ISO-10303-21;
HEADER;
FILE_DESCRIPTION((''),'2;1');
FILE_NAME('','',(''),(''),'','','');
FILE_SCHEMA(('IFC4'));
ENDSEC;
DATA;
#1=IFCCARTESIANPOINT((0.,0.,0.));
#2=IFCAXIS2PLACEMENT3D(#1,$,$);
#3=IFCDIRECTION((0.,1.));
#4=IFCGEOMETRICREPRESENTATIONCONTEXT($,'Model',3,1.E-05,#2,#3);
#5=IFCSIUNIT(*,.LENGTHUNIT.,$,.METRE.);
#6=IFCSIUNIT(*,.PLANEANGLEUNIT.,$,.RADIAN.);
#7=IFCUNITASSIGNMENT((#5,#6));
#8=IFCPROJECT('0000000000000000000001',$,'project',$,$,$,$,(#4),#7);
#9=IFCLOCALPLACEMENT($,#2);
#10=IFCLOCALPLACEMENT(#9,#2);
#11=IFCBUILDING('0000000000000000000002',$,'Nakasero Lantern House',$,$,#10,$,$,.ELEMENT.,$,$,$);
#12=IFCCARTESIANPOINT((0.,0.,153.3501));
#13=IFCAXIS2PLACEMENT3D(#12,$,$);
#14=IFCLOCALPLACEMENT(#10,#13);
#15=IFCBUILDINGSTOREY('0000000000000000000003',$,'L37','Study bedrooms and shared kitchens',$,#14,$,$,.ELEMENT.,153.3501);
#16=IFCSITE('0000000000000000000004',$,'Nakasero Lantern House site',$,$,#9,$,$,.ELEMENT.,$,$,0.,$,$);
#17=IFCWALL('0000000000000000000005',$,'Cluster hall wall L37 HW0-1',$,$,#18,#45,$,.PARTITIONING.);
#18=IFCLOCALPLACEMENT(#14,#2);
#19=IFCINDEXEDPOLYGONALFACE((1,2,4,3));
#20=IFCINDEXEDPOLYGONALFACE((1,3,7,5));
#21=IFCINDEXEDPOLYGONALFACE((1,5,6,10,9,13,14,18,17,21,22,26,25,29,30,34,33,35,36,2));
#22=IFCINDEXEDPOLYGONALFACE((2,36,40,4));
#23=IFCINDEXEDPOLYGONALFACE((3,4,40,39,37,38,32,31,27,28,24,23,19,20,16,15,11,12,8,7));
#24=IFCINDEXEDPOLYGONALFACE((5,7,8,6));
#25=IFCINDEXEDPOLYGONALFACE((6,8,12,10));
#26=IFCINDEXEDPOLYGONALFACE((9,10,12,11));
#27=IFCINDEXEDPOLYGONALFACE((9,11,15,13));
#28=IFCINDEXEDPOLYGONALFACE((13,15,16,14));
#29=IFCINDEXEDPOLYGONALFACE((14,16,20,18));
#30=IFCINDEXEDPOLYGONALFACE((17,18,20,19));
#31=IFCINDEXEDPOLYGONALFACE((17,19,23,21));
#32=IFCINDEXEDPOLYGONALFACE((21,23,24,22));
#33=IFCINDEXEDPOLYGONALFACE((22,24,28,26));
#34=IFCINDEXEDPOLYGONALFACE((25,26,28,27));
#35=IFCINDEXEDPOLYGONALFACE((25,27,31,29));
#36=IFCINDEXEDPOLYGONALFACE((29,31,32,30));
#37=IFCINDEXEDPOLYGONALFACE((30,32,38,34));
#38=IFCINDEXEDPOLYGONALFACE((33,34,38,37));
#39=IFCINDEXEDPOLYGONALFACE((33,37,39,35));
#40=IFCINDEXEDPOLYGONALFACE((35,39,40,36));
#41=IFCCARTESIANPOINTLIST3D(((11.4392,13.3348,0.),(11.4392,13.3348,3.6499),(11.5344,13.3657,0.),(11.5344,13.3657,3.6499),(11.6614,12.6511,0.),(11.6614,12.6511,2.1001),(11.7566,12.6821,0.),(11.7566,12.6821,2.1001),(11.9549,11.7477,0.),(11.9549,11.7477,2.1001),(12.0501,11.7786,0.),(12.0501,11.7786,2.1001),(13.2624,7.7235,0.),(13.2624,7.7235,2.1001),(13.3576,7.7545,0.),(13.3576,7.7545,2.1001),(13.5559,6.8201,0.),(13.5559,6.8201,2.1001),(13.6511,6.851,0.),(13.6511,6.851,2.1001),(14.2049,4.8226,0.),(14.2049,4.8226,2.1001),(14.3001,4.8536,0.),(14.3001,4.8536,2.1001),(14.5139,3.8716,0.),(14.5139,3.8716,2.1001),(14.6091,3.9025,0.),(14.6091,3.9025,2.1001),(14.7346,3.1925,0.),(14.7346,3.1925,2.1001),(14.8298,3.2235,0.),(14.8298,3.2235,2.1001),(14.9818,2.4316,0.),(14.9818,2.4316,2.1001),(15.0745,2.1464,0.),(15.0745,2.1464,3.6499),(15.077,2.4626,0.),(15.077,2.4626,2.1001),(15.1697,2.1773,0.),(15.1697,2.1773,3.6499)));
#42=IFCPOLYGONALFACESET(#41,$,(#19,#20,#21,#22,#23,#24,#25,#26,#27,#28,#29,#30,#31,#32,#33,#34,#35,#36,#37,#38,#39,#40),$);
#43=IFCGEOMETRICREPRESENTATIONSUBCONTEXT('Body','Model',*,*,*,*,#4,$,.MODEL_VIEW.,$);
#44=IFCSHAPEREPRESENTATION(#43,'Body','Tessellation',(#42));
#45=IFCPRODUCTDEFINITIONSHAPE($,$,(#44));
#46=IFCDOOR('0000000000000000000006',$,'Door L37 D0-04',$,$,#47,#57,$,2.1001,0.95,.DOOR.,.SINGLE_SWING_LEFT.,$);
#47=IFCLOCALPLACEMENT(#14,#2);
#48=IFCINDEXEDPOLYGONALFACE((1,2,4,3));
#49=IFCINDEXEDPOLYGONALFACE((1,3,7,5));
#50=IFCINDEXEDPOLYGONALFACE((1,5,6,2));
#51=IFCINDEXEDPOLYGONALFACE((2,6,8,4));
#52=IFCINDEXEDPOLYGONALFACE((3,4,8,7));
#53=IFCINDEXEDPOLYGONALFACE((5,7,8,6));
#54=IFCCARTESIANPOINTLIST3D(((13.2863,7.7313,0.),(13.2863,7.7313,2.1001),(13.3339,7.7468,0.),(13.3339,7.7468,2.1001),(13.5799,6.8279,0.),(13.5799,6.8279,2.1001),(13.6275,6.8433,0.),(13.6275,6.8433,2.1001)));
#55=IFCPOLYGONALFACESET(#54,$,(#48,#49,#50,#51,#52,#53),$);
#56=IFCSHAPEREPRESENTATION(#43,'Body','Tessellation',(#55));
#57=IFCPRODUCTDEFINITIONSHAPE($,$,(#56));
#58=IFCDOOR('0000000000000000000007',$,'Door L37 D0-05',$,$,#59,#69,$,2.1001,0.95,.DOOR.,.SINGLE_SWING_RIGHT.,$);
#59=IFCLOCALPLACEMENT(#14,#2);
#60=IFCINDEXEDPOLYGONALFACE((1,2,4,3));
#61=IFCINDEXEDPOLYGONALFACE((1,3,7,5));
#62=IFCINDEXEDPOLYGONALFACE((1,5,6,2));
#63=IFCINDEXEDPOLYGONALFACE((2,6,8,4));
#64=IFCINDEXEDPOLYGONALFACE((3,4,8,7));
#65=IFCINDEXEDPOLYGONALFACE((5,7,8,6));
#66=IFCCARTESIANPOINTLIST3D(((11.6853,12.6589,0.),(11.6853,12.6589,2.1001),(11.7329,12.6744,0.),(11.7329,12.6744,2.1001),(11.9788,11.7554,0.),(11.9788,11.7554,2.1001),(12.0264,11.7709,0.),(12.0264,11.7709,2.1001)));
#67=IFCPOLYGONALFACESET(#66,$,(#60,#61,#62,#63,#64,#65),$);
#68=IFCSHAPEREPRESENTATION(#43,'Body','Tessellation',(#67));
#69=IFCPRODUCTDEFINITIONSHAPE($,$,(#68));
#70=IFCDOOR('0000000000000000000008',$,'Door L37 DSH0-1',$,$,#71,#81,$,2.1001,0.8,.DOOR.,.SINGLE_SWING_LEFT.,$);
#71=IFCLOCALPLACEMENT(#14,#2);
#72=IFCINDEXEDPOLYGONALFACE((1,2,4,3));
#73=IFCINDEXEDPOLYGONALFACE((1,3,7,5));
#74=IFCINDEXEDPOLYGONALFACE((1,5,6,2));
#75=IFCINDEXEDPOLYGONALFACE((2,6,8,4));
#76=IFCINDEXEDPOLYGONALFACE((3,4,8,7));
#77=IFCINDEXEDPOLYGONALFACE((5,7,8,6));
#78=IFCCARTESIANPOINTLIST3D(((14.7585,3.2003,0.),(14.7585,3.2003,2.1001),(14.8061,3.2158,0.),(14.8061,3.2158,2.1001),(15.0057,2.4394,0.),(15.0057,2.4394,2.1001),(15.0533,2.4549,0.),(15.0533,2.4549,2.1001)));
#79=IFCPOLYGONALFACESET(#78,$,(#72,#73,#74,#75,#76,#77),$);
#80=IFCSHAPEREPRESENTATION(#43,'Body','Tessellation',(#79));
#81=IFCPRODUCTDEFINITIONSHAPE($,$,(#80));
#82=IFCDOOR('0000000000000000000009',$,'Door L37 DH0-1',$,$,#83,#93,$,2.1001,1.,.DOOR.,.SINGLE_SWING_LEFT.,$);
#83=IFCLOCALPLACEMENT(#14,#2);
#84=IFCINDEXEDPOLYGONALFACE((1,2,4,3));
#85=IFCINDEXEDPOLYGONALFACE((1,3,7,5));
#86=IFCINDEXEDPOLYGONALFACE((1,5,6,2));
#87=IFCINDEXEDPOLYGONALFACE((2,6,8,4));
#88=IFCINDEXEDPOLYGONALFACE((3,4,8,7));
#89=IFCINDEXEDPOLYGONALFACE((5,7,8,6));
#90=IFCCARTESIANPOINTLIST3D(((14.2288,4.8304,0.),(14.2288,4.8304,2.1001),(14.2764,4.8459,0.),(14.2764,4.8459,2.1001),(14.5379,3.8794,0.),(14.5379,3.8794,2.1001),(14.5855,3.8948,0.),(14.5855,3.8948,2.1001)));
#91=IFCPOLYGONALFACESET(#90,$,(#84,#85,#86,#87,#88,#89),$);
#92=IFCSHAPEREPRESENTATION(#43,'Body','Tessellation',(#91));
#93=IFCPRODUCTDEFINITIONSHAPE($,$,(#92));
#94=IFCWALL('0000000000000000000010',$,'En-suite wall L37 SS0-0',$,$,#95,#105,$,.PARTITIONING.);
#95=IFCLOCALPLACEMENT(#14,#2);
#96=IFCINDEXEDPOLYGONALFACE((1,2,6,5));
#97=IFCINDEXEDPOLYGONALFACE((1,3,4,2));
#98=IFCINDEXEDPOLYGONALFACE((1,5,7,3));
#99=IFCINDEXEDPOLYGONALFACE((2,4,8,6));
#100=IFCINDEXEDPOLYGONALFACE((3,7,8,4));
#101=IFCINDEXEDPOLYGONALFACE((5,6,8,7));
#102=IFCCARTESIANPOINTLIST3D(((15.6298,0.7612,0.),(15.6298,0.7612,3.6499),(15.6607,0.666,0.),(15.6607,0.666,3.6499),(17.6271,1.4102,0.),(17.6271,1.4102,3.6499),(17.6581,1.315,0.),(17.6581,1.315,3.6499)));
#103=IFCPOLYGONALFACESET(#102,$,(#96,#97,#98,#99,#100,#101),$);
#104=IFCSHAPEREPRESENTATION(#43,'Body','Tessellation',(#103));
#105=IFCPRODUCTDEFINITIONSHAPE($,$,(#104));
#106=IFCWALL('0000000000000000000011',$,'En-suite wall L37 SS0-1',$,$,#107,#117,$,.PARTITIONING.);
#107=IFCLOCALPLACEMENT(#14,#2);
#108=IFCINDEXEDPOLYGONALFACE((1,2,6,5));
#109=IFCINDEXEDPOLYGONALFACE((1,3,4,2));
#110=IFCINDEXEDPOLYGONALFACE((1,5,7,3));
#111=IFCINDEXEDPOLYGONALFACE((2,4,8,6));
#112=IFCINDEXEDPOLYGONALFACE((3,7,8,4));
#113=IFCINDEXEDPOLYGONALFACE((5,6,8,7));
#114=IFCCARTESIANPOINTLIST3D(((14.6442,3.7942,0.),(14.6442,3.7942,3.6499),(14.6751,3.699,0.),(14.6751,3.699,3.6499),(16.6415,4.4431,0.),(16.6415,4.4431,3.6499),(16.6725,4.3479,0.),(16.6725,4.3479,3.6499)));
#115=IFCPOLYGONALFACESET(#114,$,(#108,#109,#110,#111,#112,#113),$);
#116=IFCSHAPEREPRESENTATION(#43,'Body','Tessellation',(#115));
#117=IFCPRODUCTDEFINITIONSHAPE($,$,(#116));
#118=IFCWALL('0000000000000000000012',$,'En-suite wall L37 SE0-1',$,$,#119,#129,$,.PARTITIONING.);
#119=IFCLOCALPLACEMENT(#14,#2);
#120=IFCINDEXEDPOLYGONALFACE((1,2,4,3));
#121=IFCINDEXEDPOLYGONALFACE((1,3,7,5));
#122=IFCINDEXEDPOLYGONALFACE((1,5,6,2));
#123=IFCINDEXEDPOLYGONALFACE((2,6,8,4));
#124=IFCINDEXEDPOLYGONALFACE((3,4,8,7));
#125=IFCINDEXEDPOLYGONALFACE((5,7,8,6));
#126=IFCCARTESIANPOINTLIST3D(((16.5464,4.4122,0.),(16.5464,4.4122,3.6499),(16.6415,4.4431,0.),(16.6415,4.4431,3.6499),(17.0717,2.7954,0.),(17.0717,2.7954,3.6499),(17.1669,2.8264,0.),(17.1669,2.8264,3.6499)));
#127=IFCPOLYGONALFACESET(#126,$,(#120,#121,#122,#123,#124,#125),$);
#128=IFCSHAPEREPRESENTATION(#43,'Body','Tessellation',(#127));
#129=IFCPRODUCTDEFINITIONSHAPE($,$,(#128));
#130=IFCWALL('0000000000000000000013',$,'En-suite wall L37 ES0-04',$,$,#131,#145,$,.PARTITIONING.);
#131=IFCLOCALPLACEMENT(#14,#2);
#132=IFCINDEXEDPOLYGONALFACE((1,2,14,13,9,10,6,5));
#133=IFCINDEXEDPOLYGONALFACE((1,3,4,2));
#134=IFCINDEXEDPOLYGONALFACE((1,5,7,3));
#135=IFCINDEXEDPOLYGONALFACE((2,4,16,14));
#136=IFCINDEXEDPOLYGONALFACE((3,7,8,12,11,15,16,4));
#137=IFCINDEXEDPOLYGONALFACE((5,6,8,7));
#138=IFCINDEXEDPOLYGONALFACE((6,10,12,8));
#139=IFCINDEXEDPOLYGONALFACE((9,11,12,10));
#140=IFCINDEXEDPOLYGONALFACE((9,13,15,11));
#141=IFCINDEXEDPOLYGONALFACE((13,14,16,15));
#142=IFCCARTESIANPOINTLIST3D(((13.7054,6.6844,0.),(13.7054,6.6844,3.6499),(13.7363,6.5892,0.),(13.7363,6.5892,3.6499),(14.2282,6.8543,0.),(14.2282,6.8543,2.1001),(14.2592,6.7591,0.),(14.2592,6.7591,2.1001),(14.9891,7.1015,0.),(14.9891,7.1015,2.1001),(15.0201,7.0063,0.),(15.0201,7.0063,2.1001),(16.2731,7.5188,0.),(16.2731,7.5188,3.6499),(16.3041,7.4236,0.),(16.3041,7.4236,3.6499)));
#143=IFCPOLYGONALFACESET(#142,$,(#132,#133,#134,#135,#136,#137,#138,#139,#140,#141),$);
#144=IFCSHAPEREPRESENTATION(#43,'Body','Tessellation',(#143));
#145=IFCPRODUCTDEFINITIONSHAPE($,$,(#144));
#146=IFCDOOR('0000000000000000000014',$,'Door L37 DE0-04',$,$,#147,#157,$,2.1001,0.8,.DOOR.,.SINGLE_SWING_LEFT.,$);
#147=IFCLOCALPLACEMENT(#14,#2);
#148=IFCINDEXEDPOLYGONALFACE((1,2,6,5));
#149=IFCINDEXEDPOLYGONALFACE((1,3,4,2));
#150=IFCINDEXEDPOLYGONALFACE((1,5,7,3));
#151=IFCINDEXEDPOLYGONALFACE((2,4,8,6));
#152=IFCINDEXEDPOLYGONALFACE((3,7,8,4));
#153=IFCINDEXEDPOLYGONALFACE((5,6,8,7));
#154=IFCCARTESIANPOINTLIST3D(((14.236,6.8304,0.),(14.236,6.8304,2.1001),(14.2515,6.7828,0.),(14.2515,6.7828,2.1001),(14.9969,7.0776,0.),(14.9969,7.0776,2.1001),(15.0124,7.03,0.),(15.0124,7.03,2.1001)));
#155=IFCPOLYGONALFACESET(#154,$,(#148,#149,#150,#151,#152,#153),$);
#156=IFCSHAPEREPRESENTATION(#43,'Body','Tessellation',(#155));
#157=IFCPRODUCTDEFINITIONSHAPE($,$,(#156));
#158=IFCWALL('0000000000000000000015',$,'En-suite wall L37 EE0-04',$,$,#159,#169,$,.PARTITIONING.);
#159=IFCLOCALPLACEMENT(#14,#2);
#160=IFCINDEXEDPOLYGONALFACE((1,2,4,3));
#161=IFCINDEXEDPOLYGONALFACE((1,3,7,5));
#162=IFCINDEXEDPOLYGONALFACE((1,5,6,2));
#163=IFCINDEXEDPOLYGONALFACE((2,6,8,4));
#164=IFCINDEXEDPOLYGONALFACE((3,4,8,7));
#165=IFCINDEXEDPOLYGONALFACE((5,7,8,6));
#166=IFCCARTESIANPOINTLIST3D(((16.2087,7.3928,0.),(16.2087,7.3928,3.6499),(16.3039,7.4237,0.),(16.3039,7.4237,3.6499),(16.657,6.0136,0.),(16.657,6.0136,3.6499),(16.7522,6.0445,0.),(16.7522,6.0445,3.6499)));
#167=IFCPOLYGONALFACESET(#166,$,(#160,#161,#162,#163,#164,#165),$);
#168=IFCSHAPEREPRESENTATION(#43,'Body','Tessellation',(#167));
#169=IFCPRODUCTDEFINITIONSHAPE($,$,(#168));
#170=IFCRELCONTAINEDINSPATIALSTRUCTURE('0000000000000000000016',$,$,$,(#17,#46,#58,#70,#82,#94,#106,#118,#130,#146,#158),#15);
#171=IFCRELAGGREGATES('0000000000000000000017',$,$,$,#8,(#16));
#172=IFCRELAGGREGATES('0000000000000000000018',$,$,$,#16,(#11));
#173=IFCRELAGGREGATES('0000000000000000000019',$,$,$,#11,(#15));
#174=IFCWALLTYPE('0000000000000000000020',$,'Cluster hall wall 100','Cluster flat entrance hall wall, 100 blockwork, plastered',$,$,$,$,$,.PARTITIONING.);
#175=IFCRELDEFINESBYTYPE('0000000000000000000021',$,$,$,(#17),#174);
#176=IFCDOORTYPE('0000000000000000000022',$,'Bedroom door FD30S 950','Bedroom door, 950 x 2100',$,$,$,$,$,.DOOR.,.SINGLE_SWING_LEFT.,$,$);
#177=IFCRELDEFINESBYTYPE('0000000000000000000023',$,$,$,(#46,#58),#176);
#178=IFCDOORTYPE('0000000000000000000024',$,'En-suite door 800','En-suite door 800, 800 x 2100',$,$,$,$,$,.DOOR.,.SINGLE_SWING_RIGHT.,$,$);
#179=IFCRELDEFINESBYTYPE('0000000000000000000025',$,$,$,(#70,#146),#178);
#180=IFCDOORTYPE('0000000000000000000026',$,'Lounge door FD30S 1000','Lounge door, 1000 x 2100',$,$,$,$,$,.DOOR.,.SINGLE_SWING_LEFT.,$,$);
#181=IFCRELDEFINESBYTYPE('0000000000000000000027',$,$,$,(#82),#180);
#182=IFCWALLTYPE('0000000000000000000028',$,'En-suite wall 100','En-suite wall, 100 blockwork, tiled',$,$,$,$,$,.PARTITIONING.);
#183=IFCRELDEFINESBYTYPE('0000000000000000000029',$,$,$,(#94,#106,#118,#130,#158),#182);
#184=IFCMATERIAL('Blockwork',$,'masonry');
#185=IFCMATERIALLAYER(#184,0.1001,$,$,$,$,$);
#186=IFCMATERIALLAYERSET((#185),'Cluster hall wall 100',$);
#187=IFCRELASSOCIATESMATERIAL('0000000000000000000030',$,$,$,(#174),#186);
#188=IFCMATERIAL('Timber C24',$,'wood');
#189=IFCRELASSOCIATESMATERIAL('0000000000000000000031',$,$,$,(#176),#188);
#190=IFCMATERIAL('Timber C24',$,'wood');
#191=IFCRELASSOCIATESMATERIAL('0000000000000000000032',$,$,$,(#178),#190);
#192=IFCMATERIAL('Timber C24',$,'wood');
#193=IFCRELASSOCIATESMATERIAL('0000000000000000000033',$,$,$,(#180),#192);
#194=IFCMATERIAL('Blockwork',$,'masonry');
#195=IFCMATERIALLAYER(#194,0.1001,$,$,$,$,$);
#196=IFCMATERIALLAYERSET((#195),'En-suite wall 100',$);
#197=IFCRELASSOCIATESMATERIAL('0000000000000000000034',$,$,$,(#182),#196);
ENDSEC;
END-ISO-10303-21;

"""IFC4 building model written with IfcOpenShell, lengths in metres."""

from ifc_helpers import new_model, si_unit, direction, frame, frame_2d, origin, place, context, subcontext, project, spatial, rectangle, extrude, material, layer, layer_set, type_object, element, fill, save


model = new_model("IFC4")

# Units and contexts
model_context = context("Model", 3, precision=1e-05, world=origin(), true_north=direction((0.0, 1.0)))
body_context = subcontext(model_context, "Body", "Model", "MODEL_VIEW")
ifc_project = project(units=[si_unit("LENGTHUNIT", "METRE"), si_unit("PLANEANGLEUNIT", "RADIAN")], contexts=[model_context])

# Site, building, storey
site_placement = place(None, origin())
site = spatial("IfcSite", under=ifc_project, at=site_placement, Name="Nakasero Lantern House site", CompositionType="ELEMENT", RefElevation=0.0)
building_placement = place(site_placement, origin())
building = spatial("IfcBuilding", under=site, at=building_placement, Name="Nakasero Lantern House", CompositionType="ELEMENT")
storey_placement = place(building_placement, frame((0.0, 0.0, 153.3501)))
storey = spatial("IfcBuildingStorey", under=building, at=storey_placement, Name="L37", Description="Study bedrooms and shared kitchens", CompositionType="ELEMENT", Elevation=153.3501)

# Wall, openings, doors
ifc_material_1 = material(Name="Blockwork", Category="masonry")
ifc_layer_1 = layer(ifc_material_1, 0.1001)
ifc_layer_set_1 = layer_set([ifc_layer_1], Name="Cluster hall wall 100")
wall_type_1 = type_object("IfcWallType", Name="Cluster hall wall 100", Description="Cluster flat entrance hall wall, 100 blockwork, plastered", PredefinedType="PARTITIONING", material=ifc_layer_set_1)
wall_1_placement = place(storey_placement, frame((15.1221, 2.1619, 0.0), z_axis=(0.0, 0.0, 1.0), x_axis=(-0.309009, 0.951059, 0.0)))
wall_1 = element("IfcWall", 1, at=wall_1_placement, inside=storey, type_object=wall_type_1, Name="Cluster hall wall L37 HW0-1", PredefinedType="PARTITIONING", context=body_context, shape_type="SweptSolid", body=[
    extrude(rectangle(XDim=11.7642, YDim=0.1001, at=frame_2d((5.8821, 0.0))), origin(), (0.0, 0.0, 1.0), 3.6499),
])
opening_1_placement = place(wall_1_placement, frame((1.814, 0.0, 0.0)))
opening_1 = element("IfcOpeningElement", 2, at=opening_1_placement, cuts=wall_1, PredefinedType="OPENING", context=body_context, shape_type="SweptSolid", body=[
    extrude(rectangle(XDim=1.0, YDim=2.1001, at=frame_2d((0.5, 1.05))), frame((0.0, 0.0701, 0.0), z_axis=(0.0, -1.0, 0.0), x_axis=(1.0, 0.0, 0.0)), (0.0, 0.0, 1.0), 0.1401),
])
opening_2_placement = place(wall_1_placement, frame((0.3, 0.0, 0.0)))
opening_2 = element("IfcOpeningElement", 3, at=opening_2_placement, cuts=wall_1, PredefinedType="OPENING", context=body_context, shape_type="SweptSolid", body=[
    extrude(rectangle(XDim=0.8, YDim=2.1001, at=frame_2d((0.3999, 1.05))), frame((0.0, 0.0701, 0.0), z_axis=(0.0, -1.0, 0.0), x_axis=(1.0, 0.0, 0.0)), (0.0, 0.0, 1.0), 0.1401),
])
opening_3_placement = place(wall_1_placement, frame((4.9141, 0.0, 0.0)))
opening_3 = element("IfcOpeningElement", 4, at=opening_3_placement, cuts=wall_1, PredefinedType="OPENING", context=body_context, shape_type="SweptSolid", body=[
    extrude(rectangle(XDim=0.95, YDim=2.1001, at=frame_2d((0.4751, 1.05))), frame((0.0, 0.0701, 0.0), z_axis=(0.0, -1.0, 0.0), x_axis=(1.0, 0.0, 0.0)), (0.0, 0.0, 1.0), 0.1401),
])
opening_4_placement = place(wall_1_placement, frame((10.0952, 0.0, 0.0)))
opening_4 = element("IfcOpeningElement", 5, at=opening_4_placement, cuts=wall_1, PredefinedType="OPENING", context=body_context, shape_type="SweptSolid", body=[
    extrude(rectangle(XDim=0.95, YDim=2.1001, at=frame_2d((0.4751, 1.05))), frame((0.0, 0.0701, 0.0), z_axis=(0.0, -1.0, 0.0), x_axis=(1.0, 0.0, 0.0)), (0.0, 0.0, 1.0), 0.1401),
])
ifc_material_2 = material(Name="Timber C24", Category="wood")
door_type_1 = type_object("IfcDoorType", Name="Bedroom door FD30S 950", Description="Bedroom door, 950 x 2100", OperationType="SINGLE_SWING_LEFT", PredefinedType="DOOR", material=ifc_material_2)
door_1_placement = place(opening_3_placement, origin())
door_1 = element("IfcDoor", 6, at=door_1_placement, inside=storey, type_object=door_type_1, Name="Door L37 D0-04", OperationType="SINGLE_SWING_LEFT", OverallHeight=2.1001, OverallWidth=0.95, PredefinedType="DOOR", context=body_context, shape_type="SweptSolid", body=[
    extrude(rectangle(XDim=0.95, YDim=2.1001, at=frame_2d((0.4751, 1.05))), frame((0.0, 0.0249, 0.0), z_axis=(0.0, -1.0, 0.0), x_axis=(1.0, 0.0, 0.0)), (0.0, 0.0, 1.0), 0.05),
])
fill(opening_3, door_1)
door_2_placement = place(opening_4_placement, origin())
door_2 = element("IfcDoor", 7, at=door_2_placement, inside=storey, type_object=door_type_1, Name="Door L37 D0-05", OperationType="SINGLE_SWING_RIGHT", OverallHeight=2.1001, OverallWidth=0.95, PredefinedType="DOOR", context=body_context, shape_type="SweptSolid", body=[
    extrude(rectangle(XDim=0.95, YDim=2.1001, at=frame_2d((0.4751, 1.05))), frame((0.0, 0.0249, 0.0), z_axis=(0.0, -1.0, 0.0), x_axis=(1.0, 0.0, 0.0)), (0.0, 0.0, 1.0), 0.05),
])
fill(opening_4, door_2)
ifc_material_3 = material(Name="Timber C24", Category="wood")
door_type_2 = type_object("IfcDoorType", Name="En-suite door 800", Description="En-suite door 800, 800 x 2100", OperationType="SINGLE_SWING_RIGHT", PredefinedType="DOOR", material=ifc_material_3)
door_3_placement = place(opening_2_placement, origin())
door_3 = element("IfcDoor", 8, at=door_3_placement, inside=storey, type_object=door_type_2, Name="Door L37 DSH0-1", OperationType="SINGLE_SWING_LEFT", OverallHeight=2.1001, OverallWidth=0.8, PredefinedType="DOOR", context=body_context, shape_type="SweptSolid", body=[
    extrude(rectangle(XDim=0.8, YDim=2.1001, at=frame_2d((0.3999, 1.05))), frame((0.0, 0.0249, 0.0), z_axis=(0.0, -1.0, 0.0), x_axis=(1.0, 0.0, 0.0)), (0.0, 0.0, 1.0), 0.05),
])
fill(opening_2, door_3)
ifc_material_4 = material(Name="Timber C24", Category="wood")
door_type_3 = type_object("IfcDoorType", Name="Lounge door FD30S 1000", Description="Lounge door, 1000 x 2100", OperationType="SINGLE_SWING_LEFT", PredefinedType="DOOR", material=ifc_material_4)
door_4_placement = place(opening_1_placement, origin())
door_4 = element("IfcDoor", 9, at=door_4_placement, inside=storey, type_object=door_type_3, Name="Door L37 DH0-1", OperationType="SINGLE_SWING_LEFT", OverallHeight=2.1001, OverallWidth=1.0, PredefinedType="DOOR", context=body_context, shape_type="SweptSolid", body=[
    extrude(rectangle(XDim=1.0, YDim=2.1001, at=frame_2d((0.5, 1.05))), frame((0.0, 0.0249, 0.0), z_axis=(0.0, -1.0, 0.0), x_axis=(1.0, 0.0, 0.0)), (0.0, 0.0, 1.0), 0.05),
])
fill(opening_1, door_4)

# Walls
ifc_material_5 = material(Name="Blockwork", Category="masonry")
ifc_layer_2 = layer(ifc_material_5, 0.1001)
ifc_layer_set_2 = layer_set([ifc_layer_2], Name="En-suite wall 100")
wall_type_2 = type_object("IfcWallType", Name="En-suite wall 100", Description="En-suite wall, 100 blockwork, tiled", PredefinedType="PARTITIONING", material=ifc_layer_set_2)
for number, where, z_axis, x_axis, name in (
    (10, (15.6453, 0.7136, 0.0), (0.0, 0.0, 1.0), (0.951062, 0.308999, 0.0), "En-suite wall L37 SS0-0"),
    (11, (14.6597, 3.7466, 0.0), (0.0, 0.0, 1.0), (0.951062, 0.308999, 0.0), "En-suite wall L37 SS0-1"),
):
    element("IfcWall", number, at=place(storey_placement, frame(where, z_axis=z_axis, x_axis=x_axis)), inside=storey, type_object=wall_type_2, Name=name, PredefinedType="PARTITIONING", context=body_context, shape_type="SweptSolid", body=[
        extrude(rectangle(XDim=2.1001, YDim=0.1001, at=frame_2d((1.05, 0.0))), origin(), (0.0, 0.0, 1.0), 3.6499),
    ])
wall_2_placement = place(storey_placement, frame((17.1194, 2.8108, 0.0), z_axis=(0.0, 0.0, 1.0), x_axis=(-0.309067, 0.95104, 0.0)))
element("IfcWall", 12, at=wall_2_placement, inside=storey, type_object=wall_type_2, Name="En-suite wall L37 SE0-1", PredefinedType="PARTITIONING", context=body_context, shape_type="SweptSolid", body=[
    extrude(rectangle(XDim=1.7, YDim=0.1001, at=frame_2d((0.8501, 0.0))), origin(), (0.0, 0.0, 1.0), 3.6499),
])

# Wall, opening, door
wall_3_placement = place(storey_placement, frame((13.7207, 6.6367, 0.0), z_axis=(0.0, 0.0, 1.0), x_axis=(0.951043, 0.309057, 0.0)))
wall_3 = element("IfcWall", 13, at=wall_3_placement, inside=storey, type_object=wall_type_2, Name="En-suite wall L37 ES0-04", PredefinedType="PARTITIONING", context=body_context, shape_type="SweptSolid", body=[
    extrude(rectangle(XDim=2.7, YDim=0.1001, at=frame_2d((1.3501, 0.0))), origin(), (0.0, 0.0, 1.0), 3.6499),
])
opening_5_placement = place(wall_3_placement, frame((0.55, 0.0, 0.0)))
opening_5 = element("IfcOpeningElement", 14, at=opening_5_placement, cuts=wall_3, PredefinedType="OPENING", context=body_context, shape_type="SweptSolid", body=[
    extrude(rectangle(XDim=0.8, YDim=2.1001, at=frame_2d((0.3999, 1.05))), frame((0.0, 0.0701, 0.0), z_axis=(0.0, -1.0, 0.0), x_axis=(1.0, 0.0, 0.0)), (0.0, 0.0, 1.0), 0.1401),
])
door_5_placement = place(opening_5_placement, origin())
door_5 = element("IfcDoor", 15, at=door_5_placement, inside=storey, type_object=door_type_2, Name="Door L37 DE0-04", OperationType="SINGLE_SWING_LEFT", OverallHeight=2.1001, OverallWidth=0.8, PredefinedType="DOOR", context=body_context, shape_type="SweptSolid", body=[
    extrude(rectangle(XDim=0.8, YDim=2.1001, at=frame_2d((0.3999, 1.05))), frame((0.0, 0.0249, 0.0), z_axis=(0.0, -1.0, 0.0), x_axis=(1.0, 0.0, 0.0)), (0.0, 0.0, 1.0), 0.05),
])
fill(opening_5, door_5)

# Wall
wall_4_placement = place(storey_placement, frame((16.7046, 6.0291, 0.0), z_axis=(0.0, 0.0, 1.0), x_axis=(-0.309097, 0.95103, 0.0)))
element("IfcWall", 16, at=wall_4_placement, inside=storey, type_object=wall_type_2, Name="En-suite wall L37 EE0-04", PredefinedType="PARTITIONING", context=body_context, shape_type="SweptSolid", body=[
    extrude(rectangle(XDim=1.4502, YDim=0.1001, at=frame_2d((0.7251, 0.0))), origin(), (0.0, 0.0, 1.0), 3.6499),
])

save(model, "model.ifc")
